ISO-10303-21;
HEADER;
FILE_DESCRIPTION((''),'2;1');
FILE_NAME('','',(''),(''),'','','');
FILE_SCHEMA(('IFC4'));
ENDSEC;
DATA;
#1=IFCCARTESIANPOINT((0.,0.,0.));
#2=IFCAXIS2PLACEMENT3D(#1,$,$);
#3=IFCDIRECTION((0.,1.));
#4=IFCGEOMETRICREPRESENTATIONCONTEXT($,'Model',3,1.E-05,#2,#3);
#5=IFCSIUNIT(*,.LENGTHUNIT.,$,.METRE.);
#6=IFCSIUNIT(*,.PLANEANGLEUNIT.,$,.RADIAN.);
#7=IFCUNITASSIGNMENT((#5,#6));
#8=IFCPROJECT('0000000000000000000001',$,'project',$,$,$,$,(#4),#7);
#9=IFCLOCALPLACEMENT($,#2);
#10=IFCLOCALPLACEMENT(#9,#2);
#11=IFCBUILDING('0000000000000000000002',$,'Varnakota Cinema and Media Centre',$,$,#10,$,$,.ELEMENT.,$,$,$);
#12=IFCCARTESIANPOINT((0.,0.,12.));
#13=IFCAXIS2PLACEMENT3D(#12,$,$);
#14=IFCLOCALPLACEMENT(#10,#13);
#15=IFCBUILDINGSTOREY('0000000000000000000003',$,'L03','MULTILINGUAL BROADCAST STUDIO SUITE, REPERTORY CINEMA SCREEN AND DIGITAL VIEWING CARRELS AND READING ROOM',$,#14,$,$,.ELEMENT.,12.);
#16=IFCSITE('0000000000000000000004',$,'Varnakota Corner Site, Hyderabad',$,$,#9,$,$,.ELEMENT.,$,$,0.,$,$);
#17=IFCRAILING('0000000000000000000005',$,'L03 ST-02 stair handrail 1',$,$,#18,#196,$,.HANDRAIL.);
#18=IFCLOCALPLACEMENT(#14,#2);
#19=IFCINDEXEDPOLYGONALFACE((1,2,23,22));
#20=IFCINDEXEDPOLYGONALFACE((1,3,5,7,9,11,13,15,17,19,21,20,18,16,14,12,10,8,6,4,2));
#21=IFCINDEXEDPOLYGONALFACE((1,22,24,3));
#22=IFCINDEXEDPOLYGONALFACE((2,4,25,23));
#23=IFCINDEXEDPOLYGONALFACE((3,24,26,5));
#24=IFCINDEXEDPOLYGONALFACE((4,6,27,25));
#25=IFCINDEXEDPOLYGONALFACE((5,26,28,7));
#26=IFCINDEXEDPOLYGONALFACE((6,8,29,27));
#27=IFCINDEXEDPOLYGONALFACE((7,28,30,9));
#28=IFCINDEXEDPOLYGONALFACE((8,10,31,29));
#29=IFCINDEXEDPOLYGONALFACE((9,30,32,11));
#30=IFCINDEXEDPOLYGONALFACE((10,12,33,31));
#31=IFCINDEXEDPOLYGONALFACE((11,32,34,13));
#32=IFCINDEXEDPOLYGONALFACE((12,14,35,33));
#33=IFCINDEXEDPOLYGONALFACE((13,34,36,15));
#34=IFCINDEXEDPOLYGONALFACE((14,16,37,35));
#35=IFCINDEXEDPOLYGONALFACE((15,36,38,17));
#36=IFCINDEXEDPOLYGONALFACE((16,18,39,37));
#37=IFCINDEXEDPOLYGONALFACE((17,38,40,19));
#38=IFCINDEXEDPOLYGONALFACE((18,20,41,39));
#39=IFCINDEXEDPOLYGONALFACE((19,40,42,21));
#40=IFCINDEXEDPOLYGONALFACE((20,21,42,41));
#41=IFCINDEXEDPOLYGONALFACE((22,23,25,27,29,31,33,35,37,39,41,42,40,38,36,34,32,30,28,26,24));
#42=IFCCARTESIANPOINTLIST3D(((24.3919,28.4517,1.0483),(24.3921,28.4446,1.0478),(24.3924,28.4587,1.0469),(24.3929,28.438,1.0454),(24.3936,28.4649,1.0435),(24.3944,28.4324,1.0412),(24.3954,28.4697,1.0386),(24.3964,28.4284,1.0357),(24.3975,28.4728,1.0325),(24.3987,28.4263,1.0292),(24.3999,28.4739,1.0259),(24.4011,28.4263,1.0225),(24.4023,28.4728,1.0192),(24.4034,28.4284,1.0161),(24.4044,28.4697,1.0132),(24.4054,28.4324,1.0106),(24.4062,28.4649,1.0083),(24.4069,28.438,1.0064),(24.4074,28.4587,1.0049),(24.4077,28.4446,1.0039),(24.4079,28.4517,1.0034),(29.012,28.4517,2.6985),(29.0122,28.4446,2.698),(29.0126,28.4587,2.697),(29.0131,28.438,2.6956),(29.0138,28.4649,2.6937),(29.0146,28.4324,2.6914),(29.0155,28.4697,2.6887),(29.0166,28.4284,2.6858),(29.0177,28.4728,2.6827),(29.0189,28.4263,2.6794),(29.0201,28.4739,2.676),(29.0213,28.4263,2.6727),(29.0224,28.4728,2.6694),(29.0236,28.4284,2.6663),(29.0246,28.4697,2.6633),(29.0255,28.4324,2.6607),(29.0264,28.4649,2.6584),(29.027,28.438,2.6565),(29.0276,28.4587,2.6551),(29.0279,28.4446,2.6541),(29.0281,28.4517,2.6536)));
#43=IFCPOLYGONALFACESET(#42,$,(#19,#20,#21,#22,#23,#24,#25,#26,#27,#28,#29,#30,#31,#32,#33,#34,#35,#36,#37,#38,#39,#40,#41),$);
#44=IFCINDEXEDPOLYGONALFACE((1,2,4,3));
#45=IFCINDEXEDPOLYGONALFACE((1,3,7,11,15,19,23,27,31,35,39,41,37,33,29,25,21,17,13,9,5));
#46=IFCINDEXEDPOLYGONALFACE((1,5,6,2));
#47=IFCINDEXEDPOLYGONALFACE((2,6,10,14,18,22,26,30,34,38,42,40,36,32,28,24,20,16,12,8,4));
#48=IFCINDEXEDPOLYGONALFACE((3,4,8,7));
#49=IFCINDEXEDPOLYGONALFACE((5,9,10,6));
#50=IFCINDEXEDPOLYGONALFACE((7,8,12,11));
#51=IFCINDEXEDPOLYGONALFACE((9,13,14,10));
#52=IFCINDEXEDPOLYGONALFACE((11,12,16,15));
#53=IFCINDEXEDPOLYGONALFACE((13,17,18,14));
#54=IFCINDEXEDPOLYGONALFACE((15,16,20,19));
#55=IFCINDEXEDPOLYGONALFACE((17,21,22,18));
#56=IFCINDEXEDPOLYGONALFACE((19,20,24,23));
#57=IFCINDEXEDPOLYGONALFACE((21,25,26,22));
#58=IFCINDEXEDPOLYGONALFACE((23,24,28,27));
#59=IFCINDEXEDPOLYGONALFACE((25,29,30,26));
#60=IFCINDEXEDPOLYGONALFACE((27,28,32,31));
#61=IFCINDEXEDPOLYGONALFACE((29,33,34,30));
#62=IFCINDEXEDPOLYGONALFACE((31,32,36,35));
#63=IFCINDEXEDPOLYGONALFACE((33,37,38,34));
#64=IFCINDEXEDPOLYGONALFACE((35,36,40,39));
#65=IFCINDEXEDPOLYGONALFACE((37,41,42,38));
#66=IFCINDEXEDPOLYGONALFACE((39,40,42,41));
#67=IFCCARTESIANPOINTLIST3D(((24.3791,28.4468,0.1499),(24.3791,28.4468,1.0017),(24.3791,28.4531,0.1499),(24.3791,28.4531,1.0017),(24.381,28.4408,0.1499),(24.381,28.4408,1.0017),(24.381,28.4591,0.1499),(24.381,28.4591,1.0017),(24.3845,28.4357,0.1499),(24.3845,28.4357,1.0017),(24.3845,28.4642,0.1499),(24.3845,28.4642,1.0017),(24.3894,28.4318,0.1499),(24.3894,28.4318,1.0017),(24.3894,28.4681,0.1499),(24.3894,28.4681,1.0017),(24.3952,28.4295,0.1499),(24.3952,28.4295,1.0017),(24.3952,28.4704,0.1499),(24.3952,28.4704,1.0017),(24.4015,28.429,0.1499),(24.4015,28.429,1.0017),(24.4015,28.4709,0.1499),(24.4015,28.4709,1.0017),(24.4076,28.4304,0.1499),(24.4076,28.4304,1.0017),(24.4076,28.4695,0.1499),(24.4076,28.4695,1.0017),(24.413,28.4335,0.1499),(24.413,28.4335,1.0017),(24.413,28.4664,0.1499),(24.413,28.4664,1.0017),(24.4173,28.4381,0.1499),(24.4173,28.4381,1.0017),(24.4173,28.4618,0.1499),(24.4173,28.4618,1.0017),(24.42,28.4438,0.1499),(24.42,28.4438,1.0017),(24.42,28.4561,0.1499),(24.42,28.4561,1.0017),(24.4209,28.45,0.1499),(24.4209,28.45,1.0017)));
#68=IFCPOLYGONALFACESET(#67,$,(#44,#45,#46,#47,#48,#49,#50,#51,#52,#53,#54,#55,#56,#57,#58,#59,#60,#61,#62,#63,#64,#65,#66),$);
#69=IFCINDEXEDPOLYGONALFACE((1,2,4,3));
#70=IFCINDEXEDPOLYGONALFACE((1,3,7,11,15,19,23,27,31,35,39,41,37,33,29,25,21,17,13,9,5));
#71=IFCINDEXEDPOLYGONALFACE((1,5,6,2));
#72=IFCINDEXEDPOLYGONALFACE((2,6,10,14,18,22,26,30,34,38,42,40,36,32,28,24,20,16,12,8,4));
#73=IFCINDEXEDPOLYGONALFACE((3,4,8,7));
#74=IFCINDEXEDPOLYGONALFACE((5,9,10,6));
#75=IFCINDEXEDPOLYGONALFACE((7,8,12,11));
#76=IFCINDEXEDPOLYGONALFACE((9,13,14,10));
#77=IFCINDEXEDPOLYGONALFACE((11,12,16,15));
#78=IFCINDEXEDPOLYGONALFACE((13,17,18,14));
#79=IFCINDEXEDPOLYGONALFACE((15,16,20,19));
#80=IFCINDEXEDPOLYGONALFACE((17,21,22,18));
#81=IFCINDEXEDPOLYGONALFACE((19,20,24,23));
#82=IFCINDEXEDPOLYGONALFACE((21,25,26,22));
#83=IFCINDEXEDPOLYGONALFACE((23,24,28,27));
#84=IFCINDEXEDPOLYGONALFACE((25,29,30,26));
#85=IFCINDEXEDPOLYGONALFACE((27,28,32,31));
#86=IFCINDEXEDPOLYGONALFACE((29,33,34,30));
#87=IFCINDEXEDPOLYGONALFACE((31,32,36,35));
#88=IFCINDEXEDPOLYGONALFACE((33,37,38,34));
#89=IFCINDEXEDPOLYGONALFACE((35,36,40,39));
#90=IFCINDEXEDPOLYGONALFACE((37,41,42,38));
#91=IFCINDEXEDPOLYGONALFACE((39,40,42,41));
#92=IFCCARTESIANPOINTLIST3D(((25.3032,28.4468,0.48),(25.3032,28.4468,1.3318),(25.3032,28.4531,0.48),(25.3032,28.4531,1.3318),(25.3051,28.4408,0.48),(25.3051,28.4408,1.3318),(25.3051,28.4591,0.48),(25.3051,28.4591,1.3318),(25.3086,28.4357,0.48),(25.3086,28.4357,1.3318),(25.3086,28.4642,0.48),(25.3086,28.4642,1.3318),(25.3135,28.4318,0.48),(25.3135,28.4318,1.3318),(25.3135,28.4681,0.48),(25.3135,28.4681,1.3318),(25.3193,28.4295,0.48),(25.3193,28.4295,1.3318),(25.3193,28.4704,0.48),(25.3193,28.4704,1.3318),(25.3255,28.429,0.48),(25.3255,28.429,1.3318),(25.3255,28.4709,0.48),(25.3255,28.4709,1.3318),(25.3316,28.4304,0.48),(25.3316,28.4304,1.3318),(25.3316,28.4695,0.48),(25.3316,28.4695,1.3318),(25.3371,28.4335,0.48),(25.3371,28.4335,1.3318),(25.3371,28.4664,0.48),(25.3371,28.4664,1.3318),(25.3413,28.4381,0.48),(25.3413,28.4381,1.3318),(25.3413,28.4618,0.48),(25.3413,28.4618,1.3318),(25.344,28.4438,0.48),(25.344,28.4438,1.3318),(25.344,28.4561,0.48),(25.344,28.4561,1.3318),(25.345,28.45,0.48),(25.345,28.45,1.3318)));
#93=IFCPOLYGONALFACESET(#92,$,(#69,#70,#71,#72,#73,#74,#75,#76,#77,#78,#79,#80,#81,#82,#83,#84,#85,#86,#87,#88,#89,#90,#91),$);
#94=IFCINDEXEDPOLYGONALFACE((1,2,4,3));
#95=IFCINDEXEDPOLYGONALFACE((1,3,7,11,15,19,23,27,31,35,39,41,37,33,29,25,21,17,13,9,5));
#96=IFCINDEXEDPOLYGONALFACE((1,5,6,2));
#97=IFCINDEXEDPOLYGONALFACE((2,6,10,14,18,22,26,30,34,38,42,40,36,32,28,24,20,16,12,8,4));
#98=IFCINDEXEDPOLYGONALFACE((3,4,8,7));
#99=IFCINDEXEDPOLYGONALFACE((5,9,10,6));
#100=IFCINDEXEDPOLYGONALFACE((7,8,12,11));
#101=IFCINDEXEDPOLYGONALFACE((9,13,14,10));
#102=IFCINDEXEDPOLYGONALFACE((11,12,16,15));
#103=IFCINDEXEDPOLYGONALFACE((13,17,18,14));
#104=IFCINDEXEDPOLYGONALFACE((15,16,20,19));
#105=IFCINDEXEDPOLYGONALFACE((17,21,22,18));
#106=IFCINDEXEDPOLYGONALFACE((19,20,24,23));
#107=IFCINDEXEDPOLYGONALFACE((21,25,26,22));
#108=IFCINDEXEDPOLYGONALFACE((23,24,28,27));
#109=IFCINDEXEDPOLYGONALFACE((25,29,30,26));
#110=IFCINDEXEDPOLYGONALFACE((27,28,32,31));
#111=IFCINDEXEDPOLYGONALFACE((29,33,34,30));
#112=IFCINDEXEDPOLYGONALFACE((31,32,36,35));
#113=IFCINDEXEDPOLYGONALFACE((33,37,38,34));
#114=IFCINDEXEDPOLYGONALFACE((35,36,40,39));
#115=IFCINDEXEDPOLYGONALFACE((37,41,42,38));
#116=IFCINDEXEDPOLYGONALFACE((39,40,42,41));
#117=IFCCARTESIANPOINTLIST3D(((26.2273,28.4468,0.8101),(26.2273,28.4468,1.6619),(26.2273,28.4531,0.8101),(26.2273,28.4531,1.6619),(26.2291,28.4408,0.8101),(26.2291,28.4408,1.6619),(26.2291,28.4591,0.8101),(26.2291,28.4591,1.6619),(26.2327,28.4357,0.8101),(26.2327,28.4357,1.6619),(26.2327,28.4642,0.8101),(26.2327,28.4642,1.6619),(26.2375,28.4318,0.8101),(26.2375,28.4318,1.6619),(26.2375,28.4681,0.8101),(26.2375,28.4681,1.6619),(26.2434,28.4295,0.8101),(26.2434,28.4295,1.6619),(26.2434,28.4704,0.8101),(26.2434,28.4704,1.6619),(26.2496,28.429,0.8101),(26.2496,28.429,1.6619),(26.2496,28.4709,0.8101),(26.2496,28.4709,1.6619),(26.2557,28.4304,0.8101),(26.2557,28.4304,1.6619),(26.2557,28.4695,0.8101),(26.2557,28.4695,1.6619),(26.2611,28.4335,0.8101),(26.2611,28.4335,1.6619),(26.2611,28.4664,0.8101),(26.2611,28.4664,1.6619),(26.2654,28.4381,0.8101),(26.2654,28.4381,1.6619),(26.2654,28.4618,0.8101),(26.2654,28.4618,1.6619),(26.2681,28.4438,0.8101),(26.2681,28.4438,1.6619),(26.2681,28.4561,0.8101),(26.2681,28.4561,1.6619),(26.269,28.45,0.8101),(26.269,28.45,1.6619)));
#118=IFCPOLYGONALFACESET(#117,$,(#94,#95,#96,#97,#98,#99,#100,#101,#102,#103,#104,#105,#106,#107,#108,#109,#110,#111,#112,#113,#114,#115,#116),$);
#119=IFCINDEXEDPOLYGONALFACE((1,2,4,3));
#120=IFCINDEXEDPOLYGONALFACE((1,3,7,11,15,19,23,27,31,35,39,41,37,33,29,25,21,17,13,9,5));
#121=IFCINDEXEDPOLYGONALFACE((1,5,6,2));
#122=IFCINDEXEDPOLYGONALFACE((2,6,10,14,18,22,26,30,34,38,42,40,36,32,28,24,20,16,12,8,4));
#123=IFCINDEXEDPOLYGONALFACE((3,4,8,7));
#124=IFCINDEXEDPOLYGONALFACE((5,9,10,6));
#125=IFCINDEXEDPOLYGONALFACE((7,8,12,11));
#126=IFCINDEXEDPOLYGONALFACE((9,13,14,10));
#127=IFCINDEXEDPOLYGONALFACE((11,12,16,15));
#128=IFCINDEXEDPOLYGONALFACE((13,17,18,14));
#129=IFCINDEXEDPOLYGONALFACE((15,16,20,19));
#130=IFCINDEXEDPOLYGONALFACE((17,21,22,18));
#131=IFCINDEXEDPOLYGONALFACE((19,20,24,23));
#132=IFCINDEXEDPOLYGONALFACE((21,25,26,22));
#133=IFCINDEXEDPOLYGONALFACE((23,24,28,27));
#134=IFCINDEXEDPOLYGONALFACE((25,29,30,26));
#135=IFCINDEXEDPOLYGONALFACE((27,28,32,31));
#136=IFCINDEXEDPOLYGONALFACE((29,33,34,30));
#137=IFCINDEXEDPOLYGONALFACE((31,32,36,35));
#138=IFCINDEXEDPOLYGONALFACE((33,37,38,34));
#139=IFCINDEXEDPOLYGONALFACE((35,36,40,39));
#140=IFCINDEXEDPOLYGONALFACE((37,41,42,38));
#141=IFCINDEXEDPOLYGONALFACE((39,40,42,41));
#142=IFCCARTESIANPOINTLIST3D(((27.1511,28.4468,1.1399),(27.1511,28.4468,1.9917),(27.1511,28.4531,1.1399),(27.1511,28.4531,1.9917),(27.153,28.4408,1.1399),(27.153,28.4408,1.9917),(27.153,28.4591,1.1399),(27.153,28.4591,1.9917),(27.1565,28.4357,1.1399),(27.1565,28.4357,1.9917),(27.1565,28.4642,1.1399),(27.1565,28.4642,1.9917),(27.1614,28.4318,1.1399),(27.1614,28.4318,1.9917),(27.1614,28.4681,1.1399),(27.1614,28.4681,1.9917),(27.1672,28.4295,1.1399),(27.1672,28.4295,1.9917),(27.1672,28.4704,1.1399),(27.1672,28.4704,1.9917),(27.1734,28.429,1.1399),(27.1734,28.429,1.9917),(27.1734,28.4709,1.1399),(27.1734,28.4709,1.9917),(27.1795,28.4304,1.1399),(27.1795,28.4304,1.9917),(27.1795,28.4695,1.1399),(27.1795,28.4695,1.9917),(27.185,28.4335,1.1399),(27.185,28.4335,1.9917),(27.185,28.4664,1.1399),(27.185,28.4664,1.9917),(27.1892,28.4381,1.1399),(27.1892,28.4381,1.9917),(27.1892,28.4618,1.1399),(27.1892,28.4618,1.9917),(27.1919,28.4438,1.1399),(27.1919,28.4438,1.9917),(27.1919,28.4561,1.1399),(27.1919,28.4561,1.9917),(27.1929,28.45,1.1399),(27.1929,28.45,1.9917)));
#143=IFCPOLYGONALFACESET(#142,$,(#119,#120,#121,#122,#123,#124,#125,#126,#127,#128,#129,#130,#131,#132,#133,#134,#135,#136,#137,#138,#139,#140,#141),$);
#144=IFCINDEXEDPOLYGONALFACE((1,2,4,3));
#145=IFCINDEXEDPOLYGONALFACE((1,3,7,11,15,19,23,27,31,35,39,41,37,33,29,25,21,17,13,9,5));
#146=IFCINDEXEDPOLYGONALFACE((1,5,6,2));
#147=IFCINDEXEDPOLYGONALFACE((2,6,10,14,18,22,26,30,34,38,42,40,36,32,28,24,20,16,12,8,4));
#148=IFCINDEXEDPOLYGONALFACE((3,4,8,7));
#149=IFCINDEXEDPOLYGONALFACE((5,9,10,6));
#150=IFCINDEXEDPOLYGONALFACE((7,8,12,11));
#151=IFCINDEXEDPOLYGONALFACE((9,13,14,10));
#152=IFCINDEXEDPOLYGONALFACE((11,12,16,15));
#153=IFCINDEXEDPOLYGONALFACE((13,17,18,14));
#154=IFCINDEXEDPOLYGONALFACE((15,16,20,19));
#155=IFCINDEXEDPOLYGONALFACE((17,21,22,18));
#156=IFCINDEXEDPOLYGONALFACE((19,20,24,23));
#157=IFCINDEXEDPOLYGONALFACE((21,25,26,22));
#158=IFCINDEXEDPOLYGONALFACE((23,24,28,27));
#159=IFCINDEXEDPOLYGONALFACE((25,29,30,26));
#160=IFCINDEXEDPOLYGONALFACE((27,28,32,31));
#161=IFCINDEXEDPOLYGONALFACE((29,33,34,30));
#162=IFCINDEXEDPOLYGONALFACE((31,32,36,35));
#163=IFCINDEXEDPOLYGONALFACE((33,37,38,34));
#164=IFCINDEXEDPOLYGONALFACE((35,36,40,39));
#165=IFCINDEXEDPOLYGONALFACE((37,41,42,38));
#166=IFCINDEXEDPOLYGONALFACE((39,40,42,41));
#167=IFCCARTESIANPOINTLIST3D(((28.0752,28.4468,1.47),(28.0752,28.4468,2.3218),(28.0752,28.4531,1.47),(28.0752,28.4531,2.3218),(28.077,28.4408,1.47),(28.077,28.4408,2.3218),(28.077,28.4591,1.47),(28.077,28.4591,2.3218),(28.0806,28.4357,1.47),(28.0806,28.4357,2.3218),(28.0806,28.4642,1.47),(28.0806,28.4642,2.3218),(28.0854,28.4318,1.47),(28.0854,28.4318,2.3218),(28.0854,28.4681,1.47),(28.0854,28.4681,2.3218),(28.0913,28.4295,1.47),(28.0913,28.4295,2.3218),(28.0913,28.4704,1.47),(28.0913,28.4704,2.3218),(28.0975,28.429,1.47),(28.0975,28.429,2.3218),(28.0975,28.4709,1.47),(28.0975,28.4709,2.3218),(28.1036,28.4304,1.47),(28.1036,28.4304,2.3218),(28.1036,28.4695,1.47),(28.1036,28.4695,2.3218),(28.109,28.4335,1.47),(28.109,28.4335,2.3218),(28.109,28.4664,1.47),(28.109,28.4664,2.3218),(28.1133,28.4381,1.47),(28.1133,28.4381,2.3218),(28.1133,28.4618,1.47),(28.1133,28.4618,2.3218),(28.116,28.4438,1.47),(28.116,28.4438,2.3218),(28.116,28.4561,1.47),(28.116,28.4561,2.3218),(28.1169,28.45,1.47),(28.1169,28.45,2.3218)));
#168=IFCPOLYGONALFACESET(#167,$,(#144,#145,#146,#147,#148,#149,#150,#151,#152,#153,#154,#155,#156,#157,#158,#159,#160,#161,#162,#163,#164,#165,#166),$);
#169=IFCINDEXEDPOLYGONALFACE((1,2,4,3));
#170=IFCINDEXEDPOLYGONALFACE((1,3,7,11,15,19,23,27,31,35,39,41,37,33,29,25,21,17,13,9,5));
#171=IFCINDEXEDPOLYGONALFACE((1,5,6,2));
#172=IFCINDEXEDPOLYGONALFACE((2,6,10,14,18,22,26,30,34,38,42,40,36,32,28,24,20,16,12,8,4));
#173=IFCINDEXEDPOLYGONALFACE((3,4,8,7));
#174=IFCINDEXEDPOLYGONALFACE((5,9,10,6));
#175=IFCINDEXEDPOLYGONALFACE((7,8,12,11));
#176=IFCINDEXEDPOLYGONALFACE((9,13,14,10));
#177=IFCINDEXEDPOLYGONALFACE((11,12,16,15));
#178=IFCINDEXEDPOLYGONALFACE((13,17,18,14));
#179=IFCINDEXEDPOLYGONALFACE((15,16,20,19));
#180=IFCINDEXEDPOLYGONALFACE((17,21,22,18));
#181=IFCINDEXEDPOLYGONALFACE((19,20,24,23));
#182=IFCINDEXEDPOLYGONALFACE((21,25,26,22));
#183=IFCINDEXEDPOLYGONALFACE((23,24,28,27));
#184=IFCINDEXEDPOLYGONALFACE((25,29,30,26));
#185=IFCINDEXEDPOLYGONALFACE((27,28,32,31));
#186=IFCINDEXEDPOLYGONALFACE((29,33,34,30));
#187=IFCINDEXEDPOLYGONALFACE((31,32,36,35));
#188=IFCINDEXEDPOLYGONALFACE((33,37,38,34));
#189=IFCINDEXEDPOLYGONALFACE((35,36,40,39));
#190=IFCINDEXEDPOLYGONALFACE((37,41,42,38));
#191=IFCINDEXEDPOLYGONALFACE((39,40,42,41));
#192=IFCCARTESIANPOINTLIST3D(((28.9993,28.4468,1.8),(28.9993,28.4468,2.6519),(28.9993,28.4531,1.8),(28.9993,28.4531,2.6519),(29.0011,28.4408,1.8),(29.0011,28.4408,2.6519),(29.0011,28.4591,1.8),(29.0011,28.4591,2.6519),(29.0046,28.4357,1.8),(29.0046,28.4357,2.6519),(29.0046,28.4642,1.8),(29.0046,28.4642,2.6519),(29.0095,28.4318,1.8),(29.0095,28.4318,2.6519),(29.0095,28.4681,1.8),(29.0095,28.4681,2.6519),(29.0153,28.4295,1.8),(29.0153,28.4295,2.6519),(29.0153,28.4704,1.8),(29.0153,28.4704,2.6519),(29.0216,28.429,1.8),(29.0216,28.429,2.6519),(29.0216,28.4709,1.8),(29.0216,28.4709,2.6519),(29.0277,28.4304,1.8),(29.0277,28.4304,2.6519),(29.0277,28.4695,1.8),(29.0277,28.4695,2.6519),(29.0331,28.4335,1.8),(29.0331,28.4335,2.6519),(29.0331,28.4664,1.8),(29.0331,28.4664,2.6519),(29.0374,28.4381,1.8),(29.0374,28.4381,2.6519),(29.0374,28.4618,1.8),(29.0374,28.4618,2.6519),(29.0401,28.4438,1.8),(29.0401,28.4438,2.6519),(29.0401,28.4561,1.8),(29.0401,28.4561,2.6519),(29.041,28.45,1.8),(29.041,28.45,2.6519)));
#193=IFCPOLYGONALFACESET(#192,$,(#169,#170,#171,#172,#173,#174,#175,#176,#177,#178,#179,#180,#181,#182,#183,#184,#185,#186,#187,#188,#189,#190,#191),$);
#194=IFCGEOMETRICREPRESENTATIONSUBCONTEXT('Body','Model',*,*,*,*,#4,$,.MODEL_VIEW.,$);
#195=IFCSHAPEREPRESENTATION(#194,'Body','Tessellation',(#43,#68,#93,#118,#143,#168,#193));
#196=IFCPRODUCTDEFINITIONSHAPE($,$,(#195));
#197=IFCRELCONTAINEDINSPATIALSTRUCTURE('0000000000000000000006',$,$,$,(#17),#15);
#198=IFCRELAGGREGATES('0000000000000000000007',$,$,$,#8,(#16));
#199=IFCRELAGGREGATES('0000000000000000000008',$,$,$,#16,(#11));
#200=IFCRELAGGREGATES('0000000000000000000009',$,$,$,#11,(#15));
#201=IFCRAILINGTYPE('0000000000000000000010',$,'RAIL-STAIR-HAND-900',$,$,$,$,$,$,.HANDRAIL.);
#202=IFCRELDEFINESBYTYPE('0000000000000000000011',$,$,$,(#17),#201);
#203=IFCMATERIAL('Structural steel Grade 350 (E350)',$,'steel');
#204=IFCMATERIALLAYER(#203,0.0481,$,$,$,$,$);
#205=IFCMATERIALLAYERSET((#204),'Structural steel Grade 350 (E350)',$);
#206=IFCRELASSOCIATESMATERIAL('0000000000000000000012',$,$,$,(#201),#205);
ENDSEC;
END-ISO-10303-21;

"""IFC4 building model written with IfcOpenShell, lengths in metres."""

from ifc_helpers import new_model, si_unit, direction, frame, origin, origin_2d, place, context, subcontext, project, spatial, circle, extrude, material, layer, layer_set, type_object, element, save


model = new_model("IFC4")

# Units and contexts
model_context = context("Model", 3, precision=1e-05, world=origin(), true_north=direction((0.0, 1.0)))
body_context = subcontext(model_context, "Body", "Model", "MODEL_VIEW")
ifc_project = project(units=[si_unit("LENGTHUNIT", "METRE"), si_unit("PLANEANGLEUNIT", "RADIAN")], contexts=[model_context])

# Site, building, storey
site_placement = place(None, origin())
site = spatial("IfcSite", under=ifc_project, at=site_placement, Name="Varnakota Corner Site, Hyderabad", CompositionType="ELEMENT", RefElevation=0.0)
building_placement = place(site_placement, origin())
building = spatial("IfcBuilding", under=site, at=building_placement, Name="Varnakota Cinema and Media Centre", CompositionType="ELEMENT")
storey_placement = place(building_placement, frame((0.0, 0.0, 12.0)))
storey = spatial("IfcBuildingStorey", under=building, at=storey_placement, Name="L03", Description="MULTILINGUAL BROADCAST STUDIO SUITE, REPERTORY CINEMA SCREEN AND DIGITAL VIEWING CARRELS AND READING ROOM", CompositionType="ELEMENT", Elevation=12.0)

# Railing
ifc_material_1 = material(Name="Structural steel Grade 350 (E350)", Category="steel")
ifc_layer_1 = layer(ifc_material_1, 0.0481)
ifc_layer_set_1 = layer_set([ifc_layer_1], Name="Structural steel Grade 350 (E350)")
railing_type_1 = type_object("IfcRailingType", Name="RAIL-STAIR-HAND-900", PredefinedType="HANDRAIL", material=ifc_layer_set_1)
railing_1_placement = place(storey_placement, frame((24.3999, 28.45, 0.1499)))
element("IfcRailing", 1, at=railing_1_placement, inside=storey, type_object=railing_type_1, Name="L03 ST-02 stair handrail 1", PredefinedType="HANDRAIL", context=body_context, shape_type="SweptSolid", body=[
    extrude(circle(Radius=0.0239, at=origin_2d()), frame((0.0, 0.0, 0.876), z_axis=(0.941735, 0.0, 0.336355), x_axis=(0.0, 1.0, 0.0)), (0.0, 0.0, 1.0), 4.906),
    extrude(circle(Radius=0.021, at=origin_2d()), origin(), (0.0, 0.0, 1.0), 0.8518),
    extrude(circle(Radius=0.021, at=origin_2d()), frame((0.9241, 0.0, 0.3301)), (0.0, 0.0, 1.0), 0.8518),
    extrude(circle(Radius=0.021, at=origin_2d()), frame((1.8481, 0.0, 0.6602)), (0.0, 0.0, 1.0), 0.8518),
    extrude(circle(Radius=0.021, at=origin_2d()), frame((2.772, 0.0, 0.99)), (0.0, 0.0, 1.0), 0.8518),
    extrude(circle(Radius=0.021, at=origin_2d()), frame((3.696, 0.0, 1.3201)), (0.0, 0.0, 1.0), 0.8518),
    extrude(circle(Radius=0.021, at=origin_2d()), frame((4.6201, 0.0, 1.6501)), (0.0, 0.0, 1.0), 0.8518),
])

save(model, "model.ifc")
